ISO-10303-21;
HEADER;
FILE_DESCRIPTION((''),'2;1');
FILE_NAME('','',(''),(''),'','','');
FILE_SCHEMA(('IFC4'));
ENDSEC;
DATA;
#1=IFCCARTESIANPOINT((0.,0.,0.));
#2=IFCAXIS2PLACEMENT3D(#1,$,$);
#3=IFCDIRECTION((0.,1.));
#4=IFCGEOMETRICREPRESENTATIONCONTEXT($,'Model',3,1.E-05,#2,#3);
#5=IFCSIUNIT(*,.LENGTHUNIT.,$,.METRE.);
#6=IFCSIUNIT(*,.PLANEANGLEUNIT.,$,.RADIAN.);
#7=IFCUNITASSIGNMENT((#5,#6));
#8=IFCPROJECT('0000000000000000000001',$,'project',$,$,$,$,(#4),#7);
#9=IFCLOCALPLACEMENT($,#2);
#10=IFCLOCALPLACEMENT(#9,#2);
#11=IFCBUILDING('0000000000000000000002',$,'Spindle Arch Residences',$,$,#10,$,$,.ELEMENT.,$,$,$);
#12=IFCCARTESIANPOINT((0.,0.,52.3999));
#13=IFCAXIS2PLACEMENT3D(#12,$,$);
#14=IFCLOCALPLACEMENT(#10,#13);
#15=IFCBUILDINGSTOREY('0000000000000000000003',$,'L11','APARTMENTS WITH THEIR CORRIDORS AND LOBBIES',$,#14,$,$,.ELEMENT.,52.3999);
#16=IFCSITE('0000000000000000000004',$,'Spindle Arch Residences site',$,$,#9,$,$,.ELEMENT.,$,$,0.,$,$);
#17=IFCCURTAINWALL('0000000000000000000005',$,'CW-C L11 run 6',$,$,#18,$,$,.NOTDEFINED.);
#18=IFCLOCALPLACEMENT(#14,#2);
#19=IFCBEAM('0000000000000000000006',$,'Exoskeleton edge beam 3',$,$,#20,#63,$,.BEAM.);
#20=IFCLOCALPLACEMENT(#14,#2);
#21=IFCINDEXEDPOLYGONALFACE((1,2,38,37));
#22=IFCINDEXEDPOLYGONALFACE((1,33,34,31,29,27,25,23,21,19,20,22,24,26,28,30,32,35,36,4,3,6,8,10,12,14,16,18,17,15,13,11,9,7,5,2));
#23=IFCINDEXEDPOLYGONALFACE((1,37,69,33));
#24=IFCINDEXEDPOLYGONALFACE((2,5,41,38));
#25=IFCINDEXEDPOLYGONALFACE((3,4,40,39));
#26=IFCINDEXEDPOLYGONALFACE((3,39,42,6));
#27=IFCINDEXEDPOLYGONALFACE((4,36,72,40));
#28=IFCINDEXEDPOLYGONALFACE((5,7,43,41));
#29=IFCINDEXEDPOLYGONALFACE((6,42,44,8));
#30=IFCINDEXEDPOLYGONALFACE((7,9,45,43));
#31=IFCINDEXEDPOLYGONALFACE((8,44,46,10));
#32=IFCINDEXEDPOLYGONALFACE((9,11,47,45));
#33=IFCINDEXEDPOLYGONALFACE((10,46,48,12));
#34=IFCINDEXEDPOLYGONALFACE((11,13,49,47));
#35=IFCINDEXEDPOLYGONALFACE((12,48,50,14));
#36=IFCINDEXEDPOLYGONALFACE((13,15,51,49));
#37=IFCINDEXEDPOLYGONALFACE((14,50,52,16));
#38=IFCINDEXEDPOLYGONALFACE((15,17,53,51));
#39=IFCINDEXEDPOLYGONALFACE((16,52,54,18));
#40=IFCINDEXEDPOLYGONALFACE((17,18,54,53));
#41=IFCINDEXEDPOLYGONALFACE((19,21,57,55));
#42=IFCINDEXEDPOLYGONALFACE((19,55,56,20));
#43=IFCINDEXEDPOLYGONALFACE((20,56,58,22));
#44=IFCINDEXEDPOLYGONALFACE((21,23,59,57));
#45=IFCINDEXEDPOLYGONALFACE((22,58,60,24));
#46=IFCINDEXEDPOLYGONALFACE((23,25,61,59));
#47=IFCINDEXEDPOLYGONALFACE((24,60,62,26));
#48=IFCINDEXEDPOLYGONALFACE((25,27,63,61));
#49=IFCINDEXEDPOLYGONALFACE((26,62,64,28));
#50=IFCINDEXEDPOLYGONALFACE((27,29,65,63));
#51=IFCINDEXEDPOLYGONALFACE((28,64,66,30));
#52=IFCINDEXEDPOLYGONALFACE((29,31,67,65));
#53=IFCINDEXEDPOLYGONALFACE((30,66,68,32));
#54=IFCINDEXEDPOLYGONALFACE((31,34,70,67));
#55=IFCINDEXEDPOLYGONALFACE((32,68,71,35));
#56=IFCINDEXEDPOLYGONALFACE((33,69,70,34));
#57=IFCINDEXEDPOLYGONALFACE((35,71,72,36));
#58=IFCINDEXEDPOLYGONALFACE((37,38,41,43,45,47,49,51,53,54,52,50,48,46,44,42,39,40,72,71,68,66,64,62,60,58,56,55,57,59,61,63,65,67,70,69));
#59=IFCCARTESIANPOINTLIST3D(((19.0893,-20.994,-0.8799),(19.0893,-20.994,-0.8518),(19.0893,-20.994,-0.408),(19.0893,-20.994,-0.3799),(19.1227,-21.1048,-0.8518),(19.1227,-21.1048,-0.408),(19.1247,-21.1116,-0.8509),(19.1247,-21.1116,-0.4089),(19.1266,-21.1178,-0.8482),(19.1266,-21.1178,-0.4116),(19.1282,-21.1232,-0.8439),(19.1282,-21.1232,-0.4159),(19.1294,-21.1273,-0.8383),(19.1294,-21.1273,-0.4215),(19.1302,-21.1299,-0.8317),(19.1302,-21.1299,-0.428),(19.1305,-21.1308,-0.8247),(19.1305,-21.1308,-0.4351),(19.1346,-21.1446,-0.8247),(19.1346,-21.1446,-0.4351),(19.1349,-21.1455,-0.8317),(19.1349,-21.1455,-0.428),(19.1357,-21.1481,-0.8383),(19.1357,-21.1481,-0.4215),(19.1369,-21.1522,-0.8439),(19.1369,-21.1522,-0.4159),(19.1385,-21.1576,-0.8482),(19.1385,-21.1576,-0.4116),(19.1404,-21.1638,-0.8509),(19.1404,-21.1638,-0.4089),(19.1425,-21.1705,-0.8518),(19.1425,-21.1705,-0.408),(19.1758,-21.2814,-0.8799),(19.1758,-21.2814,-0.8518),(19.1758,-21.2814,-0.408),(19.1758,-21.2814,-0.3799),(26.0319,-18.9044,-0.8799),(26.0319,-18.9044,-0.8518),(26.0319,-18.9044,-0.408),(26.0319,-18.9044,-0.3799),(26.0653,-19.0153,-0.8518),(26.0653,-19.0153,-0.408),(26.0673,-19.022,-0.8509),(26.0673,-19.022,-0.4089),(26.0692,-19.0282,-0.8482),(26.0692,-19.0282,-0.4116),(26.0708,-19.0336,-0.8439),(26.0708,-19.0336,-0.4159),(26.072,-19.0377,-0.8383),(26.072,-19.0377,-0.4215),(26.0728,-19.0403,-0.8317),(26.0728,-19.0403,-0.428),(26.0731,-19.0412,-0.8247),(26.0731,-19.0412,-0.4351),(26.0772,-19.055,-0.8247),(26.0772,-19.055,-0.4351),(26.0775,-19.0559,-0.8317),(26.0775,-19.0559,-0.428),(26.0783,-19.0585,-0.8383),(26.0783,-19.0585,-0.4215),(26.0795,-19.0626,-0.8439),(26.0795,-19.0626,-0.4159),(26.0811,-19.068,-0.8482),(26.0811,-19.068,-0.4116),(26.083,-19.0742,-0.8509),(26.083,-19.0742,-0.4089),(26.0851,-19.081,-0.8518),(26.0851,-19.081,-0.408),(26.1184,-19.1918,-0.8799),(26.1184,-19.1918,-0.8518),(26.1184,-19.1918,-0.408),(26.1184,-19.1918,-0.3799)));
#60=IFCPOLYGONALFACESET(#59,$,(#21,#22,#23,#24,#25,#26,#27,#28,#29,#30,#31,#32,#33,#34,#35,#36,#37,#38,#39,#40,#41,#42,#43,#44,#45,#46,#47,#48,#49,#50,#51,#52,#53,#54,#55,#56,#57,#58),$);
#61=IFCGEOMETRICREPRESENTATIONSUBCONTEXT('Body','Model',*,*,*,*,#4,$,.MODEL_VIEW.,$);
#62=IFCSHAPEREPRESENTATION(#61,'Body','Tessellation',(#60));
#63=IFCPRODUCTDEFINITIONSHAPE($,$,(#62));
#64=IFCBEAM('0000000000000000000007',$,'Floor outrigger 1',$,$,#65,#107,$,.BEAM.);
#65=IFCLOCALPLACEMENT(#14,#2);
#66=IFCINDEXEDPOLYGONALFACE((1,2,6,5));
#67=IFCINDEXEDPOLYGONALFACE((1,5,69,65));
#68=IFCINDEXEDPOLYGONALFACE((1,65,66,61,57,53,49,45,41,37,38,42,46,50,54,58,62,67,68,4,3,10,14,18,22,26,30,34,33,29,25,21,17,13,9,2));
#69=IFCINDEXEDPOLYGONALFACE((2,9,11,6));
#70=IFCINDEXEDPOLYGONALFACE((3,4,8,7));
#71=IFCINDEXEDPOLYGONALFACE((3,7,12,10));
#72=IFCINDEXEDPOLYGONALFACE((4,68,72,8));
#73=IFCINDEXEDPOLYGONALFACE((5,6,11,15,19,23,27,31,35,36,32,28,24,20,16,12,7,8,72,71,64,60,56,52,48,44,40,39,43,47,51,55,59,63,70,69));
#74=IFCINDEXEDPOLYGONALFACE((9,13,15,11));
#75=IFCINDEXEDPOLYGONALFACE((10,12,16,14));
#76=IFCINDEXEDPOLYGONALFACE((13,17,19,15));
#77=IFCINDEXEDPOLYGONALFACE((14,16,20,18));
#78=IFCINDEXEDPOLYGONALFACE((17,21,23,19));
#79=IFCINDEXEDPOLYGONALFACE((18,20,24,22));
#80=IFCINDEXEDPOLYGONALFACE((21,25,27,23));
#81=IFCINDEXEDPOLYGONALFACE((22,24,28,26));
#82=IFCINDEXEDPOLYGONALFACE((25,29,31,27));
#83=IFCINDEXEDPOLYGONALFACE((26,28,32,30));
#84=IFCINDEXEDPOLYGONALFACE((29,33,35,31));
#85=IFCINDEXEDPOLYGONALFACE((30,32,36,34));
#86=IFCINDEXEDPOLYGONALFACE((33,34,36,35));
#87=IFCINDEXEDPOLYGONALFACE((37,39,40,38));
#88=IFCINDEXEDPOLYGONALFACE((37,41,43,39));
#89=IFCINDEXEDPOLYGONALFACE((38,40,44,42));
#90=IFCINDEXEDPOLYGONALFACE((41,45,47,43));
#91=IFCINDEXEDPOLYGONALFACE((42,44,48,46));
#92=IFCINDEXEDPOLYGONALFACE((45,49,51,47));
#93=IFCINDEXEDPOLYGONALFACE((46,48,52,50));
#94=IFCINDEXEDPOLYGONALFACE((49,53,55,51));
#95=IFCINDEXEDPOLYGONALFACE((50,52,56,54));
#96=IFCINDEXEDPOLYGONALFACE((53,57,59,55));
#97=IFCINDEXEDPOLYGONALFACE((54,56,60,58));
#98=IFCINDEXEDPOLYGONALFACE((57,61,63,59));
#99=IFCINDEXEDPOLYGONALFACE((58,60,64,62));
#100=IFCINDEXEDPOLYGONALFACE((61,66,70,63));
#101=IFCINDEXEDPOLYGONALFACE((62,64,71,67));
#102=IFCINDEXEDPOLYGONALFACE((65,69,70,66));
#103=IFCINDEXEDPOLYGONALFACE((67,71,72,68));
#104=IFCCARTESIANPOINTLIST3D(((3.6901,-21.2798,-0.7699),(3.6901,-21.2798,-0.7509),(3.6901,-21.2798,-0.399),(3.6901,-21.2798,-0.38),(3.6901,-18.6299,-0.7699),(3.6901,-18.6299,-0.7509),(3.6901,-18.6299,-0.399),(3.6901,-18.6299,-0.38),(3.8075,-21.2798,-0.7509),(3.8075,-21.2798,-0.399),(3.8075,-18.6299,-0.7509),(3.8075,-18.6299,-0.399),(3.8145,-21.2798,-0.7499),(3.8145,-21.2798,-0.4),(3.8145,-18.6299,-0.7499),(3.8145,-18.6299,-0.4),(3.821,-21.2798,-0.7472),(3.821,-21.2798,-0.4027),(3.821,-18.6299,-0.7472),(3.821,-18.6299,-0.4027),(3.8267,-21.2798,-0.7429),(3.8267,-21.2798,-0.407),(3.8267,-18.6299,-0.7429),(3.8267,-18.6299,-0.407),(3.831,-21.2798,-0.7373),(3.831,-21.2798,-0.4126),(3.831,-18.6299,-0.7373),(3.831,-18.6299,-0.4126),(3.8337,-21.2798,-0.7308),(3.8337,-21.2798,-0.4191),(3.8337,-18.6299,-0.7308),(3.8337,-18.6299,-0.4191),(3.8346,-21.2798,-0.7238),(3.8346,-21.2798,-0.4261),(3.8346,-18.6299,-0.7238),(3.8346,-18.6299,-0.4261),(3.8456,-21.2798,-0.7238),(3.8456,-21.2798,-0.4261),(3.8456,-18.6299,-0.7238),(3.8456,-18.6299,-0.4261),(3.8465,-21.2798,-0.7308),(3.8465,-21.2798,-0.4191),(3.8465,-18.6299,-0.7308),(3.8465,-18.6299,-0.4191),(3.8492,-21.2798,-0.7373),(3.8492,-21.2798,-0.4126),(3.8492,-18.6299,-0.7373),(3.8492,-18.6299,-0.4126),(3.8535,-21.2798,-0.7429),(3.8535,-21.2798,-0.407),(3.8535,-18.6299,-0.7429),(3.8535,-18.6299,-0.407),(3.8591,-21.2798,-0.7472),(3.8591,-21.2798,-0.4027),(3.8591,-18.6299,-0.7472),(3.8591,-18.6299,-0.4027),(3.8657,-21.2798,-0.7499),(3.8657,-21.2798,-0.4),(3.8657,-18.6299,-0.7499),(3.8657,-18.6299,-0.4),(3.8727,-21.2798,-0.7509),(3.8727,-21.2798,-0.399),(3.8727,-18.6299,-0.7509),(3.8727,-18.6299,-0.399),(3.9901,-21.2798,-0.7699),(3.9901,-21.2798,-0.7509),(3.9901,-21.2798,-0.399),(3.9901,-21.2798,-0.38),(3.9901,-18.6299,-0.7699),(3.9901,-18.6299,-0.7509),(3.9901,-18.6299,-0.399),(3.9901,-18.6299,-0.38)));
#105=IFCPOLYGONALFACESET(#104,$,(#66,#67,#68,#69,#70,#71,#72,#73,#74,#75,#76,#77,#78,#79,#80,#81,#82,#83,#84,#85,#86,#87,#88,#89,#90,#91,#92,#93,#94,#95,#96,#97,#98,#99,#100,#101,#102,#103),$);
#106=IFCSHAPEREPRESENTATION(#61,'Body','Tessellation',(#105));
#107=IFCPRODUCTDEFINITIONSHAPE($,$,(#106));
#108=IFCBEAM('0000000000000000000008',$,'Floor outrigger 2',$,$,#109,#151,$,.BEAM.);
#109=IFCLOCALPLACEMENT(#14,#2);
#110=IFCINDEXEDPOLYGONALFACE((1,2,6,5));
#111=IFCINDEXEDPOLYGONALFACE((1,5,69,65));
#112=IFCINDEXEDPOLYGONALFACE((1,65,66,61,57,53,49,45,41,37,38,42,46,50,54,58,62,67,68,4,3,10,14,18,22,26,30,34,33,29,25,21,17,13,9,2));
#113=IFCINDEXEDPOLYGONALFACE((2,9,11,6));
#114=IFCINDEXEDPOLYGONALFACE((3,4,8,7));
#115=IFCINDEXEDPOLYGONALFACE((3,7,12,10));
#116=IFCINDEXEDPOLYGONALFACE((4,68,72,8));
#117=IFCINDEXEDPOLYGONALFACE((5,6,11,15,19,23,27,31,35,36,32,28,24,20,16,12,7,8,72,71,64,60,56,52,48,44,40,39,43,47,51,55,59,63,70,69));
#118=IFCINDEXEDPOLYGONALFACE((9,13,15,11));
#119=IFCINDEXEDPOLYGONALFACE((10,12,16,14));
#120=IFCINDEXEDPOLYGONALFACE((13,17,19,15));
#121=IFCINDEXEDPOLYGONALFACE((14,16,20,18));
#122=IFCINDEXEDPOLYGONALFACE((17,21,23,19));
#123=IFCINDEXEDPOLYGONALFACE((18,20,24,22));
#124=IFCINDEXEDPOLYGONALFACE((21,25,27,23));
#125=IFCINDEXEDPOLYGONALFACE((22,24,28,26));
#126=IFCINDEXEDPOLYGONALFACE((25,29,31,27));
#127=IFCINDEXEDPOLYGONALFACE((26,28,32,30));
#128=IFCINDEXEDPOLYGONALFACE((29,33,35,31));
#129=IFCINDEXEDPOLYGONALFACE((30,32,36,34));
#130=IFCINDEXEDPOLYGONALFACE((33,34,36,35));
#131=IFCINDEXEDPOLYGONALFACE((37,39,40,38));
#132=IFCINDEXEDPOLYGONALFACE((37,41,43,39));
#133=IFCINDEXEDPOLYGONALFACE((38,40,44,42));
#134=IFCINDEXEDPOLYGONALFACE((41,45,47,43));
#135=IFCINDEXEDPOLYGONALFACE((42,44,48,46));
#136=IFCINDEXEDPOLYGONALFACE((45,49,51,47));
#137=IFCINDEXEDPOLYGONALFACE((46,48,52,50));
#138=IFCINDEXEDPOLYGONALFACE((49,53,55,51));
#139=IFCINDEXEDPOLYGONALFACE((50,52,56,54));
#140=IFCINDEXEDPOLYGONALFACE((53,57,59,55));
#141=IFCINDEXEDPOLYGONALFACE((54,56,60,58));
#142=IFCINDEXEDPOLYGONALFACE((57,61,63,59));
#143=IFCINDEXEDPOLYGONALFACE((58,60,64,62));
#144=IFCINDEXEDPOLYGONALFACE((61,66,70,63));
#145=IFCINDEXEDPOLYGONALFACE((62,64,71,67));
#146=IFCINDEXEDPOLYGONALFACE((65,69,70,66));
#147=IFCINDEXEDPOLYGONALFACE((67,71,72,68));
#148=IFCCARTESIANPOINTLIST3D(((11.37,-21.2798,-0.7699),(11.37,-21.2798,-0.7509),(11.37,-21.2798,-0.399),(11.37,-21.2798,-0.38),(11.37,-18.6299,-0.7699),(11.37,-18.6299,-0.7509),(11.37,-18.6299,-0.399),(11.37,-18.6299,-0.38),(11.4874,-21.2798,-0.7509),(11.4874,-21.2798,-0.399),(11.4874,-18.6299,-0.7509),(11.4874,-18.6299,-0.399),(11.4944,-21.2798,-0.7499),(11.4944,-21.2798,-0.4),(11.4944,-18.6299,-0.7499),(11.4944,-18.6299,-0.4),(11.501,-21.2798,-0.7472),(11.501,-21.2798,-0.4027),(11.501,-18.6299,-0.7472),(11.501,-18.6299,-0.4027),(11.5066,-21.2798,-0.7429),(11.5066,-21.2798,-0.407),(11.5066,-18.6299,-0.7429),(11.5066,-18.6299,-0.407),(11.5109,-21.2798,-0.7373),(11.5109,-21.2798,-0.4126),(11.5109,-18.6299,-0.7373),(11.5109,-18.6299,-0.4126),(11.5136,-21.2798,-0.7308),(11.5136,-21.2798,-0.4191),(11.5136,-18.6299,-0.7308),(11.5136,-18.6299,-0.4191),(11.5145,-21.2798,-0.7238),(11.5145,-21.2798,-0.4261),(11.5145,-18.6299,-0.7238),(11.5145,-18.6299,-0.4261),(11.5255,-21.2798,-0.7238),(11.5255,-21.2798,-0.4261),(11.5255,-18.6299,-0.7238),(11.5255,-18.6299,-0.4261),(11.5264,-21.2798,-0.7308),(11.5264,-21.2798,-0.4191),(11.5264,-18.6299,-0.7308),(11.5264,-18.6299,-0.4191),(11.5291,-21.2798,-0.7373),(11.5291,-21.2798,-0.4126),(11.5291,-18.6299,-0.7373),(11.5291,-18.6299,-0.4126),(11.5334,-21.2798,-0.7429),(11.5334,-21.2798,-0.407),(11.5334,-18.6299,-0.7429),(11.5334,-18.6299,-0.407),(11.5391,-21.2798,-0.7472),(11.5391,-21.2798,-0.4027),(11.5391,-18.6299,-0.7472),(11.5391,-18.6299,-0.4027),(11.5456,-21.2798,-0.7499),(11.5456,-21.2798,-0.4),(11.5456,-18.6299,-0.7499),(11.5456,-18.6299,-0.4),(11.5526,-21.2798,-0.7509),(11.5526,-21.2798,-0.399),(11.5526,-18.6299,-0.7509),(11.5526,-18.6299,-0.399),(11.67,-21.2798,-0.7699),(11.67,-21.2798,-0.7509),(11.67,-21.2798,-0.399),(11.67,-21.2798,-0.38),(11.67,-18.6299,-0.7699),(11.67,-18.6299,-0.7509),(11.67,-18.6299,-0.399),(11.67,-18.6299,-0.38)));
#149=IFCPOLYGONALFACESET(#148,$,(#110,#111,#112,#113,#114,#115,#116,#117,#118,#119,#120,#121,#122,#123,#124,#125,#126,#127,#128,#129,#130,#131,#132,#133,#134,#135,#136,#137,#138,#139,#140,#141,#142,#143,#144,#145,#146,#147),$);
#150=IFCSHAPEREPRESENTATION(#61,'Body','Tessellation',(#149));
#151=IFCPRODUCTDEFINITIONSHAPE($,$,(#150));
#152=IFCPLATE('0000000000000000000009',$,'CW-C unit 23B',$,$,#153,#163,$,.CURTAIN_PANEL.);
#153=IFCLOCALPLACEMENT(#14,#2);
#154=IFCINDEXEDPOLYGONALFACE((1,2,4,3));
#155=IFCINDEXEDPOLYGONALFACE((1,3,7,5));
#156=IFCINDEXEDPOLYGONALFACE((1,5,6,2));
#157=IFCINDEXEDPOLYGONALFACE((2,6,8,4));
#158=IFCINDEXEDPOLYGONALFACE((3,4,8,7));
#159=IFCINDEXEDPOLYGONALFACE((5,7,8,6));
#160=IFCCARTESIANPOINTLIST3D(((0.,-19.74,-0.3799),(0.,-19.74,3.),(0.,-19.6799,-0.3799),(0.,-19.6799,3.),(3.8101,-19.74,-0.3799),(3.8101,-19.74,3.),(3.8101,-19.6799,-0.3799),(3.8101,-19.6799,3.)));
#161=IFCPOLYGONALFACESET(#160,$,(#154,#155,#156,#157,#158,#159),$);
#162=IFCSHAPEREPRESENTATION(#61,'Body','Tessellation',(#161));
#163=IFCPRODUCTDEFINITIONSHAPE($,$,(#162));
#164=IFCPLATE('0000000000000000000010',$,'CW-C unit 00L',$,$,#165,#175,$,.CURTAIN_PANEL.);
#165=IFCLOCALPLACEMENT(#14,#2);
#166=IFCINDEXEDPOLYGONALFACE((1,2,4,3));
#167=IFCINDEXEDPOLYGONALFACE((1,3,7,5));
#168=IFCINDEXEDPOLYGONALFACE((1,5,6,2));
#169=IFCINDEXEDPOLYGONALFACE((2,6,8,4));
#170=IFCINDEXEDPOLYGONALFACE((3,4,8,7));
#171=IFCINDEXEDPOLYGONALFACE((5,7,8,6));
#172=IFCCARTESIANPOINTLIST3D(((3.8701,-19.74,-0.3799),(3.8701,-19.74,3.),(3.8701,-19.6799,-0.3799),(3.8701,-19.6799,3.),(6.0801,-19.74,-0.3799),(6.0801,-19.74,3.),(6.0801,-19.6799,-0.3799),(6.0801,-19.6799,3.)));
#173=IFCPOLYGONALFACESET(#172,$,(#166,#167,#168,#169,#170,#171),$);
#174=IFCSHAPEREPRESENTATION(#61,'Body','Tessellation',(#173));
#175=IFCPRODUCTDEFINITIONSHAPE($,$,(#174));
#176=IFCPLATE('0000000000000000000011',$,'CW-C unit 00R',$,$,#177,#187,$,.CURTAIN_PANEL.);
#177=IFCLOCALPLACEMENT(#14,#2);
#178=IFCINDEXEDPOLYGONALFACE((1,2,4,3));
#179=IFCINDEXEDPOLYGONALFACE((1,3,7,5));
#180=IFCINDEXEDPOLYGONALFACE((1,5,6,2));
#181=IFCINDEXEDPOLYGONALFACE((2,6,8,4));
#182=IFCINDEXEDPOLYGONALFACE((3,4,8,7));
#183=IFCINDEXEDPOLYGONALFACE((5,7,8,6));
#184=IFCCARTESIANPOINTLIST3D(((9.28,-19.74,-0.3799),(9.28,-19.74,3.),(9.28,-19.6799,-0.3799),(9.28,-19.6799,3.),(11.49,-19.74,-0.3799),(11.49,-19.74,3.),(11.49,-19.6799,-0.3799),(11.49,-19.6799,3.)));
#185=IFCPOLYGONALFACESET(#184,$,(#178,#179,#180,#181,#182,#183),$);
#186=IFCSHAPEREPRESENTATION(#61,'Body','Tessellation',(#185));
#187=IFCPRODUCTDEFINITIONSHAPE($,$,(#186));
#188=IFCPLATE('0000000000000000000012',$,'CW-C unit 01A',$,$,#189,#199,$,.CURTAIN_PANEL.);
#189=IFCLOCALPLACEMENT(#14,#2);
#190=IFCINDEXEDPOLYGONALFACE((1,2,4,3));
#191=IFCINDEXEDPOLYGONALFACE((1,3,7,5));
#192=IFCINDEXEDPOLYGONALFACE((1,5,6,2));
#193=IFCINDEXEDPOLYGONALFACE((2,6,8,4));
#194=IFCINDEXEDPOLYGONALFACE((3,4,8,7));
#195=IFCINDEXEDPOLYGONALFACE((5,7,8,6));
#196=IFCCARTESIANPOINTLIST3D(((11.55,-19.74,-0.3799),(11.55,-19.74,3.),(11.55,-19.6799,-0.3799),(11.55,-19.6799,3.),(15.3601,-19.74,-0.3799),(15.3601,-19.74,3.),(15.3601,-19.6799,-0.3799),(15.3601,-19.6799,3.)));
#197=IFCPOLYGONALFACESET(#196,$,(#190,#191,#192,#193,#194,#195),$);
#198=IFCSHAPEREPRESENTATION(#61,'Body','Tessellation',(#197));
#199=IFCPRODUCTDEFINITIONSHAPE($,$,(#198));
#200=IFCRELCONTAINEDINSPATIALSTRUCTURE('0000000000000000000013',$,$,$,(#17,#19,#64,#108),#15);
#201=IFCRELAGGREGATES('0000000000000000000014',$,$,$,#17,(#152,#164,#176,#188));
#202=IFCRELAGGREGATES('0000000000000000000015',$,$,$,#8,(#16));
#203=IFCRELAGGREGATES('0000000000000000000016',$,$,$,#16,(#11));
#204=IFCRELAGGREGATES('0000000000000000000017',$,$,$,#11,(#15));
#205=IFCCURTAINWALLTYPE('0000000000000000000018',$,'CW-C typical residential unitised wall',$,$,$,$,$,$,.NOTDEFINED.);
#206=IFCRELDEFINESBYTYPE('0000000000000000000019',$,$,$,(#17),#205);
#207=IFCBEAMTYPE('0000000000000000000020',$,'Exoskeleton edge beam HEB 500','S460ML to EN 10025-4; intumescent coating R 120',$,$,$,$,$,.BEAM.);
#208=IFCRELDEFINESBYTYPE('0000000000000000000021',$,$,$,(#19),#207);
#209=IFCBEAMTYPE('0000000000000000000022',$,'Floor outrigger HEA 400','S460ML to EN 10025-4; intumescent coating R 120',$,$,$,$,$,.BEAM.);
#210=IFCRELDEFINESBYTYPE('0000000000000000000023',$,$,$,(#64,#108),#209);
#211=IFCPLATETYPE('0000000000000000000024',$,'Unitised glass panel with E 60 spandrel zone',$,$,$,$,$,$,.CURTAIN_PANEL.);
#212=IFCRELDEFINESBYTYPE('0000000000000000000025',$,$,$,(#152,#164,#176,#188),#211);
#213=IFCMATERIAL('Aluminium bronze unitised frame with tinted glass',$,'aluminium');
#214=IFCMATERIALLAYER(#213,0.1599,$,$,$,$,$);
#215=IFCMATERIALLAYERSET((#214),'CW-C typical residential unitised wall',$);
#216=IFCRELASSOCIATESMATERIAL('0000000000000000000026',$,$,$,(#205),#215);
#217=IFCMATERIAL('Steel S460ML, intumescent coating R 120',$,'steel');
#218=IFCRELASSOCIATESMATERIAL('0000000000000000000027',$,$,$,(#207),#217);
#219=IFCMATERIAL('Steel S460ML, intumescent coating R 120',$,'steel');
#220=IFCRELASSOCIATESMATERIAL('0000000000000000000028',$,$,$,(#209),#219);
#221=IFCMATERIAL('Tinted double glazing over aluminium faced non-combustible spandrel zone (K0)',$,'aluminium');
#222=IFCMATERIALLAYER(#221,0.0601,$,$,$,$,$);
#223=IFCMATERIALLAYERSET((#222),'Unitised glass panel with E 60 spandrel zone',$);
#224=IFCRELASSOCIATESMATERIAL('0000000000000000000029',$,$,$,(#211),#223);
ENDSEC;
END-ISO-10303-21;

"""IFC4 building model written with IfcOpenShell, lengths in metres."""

from ifc_helpers import new_model, si_unit, direction, frame, origin, origin_2d, place, context, subcontext, project, spatial, rectangle, i_section, extrude, material, layer, layer_set, material_profile, profile_set, type_object, element, aggregate, save


model = new_model("IFC4")

# Units and contexts
model_context = context("Model", 3, precision=1e-05, world=origin(), true_north=direction((0.0, 1.0)))
body_context = subcontext(model_context, "Body", "Model", "MODEL_VIEW")
ifc_project = project(units=[si_unit("LENGTHUNIT", "METRE"), si_unit("PLANEANGLEUNIT", "RADIAN")], contexts=[model_context])

# Site, building, storey
site_placement = place(None, origin())
site = spatial("IfcSite", under=ifc_project, at=site_placement, Name="Spindle Arch Residences site", CompositionType="ELEMENT", RefElevation=0.0)
building_placement = place(site_placement, origin())
building = spatial("IfcBuilding", under=site, at=building_placement, Name="Spindle Arch Residences", CompositionType="ELEMENT")
storey_placement = place(building_placement, frame((0.0, 0.0, 52.3999)))
storey = spatial("IfcBuildingStorey", under=building, at=storey_placement, Name="L11", Description="APARTMENTS WITH THEIR CORRIDORS AND LOBBIES", CompositionType="ELEMENT", Elevation=52.3999)

# Curtain wall
ifc_material_1 = material(Name="Aluminium bronze unitised frame with tinted glass", Category="aluminium")
ifc_layer_1 = layer(ifc_material_1, 0.1599)
ifc_layer_set_1 = layer_set([ifc_layer_1], Name="CW-C typical residential unitised wall")
curtain_wall_type = type_object("IfcCurtainWallType", Name="CW-C typical residential unitised wall", PredefinedType="NOTDEFINED", material=ifc_layer_set_1)
curtain_wall_placement = place(storey_placement, origin())
curtain_wall = element("IfcCurtainWall", 1, at=curtain_wall_placement, inside=storey, type_object=curtain_wall_type, Name="CW-C L11 run 6", PredefinedType="NOTDEFINED")

# Beams
ifc_material_2 = material(Name="Steel S460ML, intumescent coating R 120", Category="steel")
ifc_material_profile_1 = material_profile(ifc_material_2, i_section(OverallWidth=0.3, OverallDepth=0.5, WebThickness=0.0144, FlangeThickness=0.0281, FilletRadius=0.0271, at=origin_2d()), Name="HEB 500")
ifc_profile_set_1 = profile_set([ifc_material_profile_1], Name="Steel S460ML, intumescent coating R 120")
beam_type_1 = type_object("IfcBeamType", Name="Exoskeleton edge beam HEB 500", Description="S460ML to EN 10025-4; intumescent coating R 120", PredefinedType="BEAM", material=ifc_profile_set_1)
beam_placement = place(storey_placement, frame((19.1326, -21.1377, -0.6299), z_axis=(0.957567, 0.28821, 0.0), x_axis=(-0.28821, 0.957567, 0.0)))
element("IfcBeam", 2, at=beam_placement, inside=storey, type_object=beam_type_1, Name="Exoskeleton edge beam 3", PredefinedType="BEAM", context=body_context, shape_type="SweptSolid", body=[
    extrude(i_section(OverallWidth=0.3, OverallDepth=0.5, WebThickness=0.0144, FlangeThickness=0.0281, FilletRadius=0.0271, at=origin_2d()), origin(), (0.0, 0.0, 1.0), 7.2502),
])
ifc_material_3 = material(Name="Steel S460ML, intumescent coating R 120", Category="steel")
ifc_material_profile_2 = material_profile(ifc_material_3, i_section(OverallWidth=0.3, OverallDepth=0.3899, WebThickness=0.011, FlangeThickness=0.019, FilletRadius=0.0271, at=origin_2d()), Name="HEA 400")
ifc_profile_set_2 = profile_set([ifc_material_profile_2], Name="Steel S460ML, intumescent coating R 120")
beam_type_2 = type_object("IfcBeamType", Name="Floor outrigger HEA 400", Description="S460ML to EN 10025-4; intumescent coating R 120", PredefinedType="BEAM", material=ifc_profile_set_2)
for number, where, z_axis, x_axis, name in (
    (3, (3.8401, -21.2798, -0.575), (0.0, 1.0, 0.0), (-1.0, 0.0, 0.0), "Floor outrigger 1"),
    (4, (11.52, -21.2798, -0.575), (0.0, 1.0, 0.0), (-1.0, 0.0, 0.0), "Floor outrigger 2"),
):
    element("IfcBeam", number, at=place(storey_placement, frame(where, z_axis=z_axis, x_axis=x_axis)), inside=storey, type_object=beam_type_2, Name=name, PredefinedType="BEAM", context=body_context, shape_type="SweptSolid", body=[
        extrude(i_section(OverallWidth=0.3, OverallDepth=0.3899, WebThickness=0.011, FlangeThickness=0.019, FilletRadius=0.0271, at=origin_2d()), origin(), (0.0, 0.0, 1.0), 2.6499),
    ])

# Plates
ifc_material_4 = material(Name="Tinted double glazing over aluminium faced non-combustible spandrel zone (K0)", Category="aluminium")
ifc_layer_2 = layer(ifc_material_4, 0.0601)
ifc_layer_set_2 = layer_set([ifc_layer_2], Name="Unitised glass panel with E 60 spandrel zone")
plate_type = type_object("IfcPlateType", Name="Unitised glass panel with E 60 spandrel zone", PredefinedType="CURTAIN_PANEL", material=ifc_layer_set_2)
plate_1_placement = place(storey_placement, frame((1.905, -19.71, -0.3799), z_axis=(0.0, 0.0, 1.0), x_axis=(1.0, 0.0, 0.0)))
plate_1 = element("IfcPlate", 5, at=plate_1_placement, type_object=plate_type, Name="CW-C unit 23B", PredefinedType="CURTAIN_PANEL", context=body_context, shape_type="SweptSolid", body=[
    extrude(rectangle(XDim=3.8101, YDim=0.0601, at=origin_2d()), origin(), (0.0, 0.0, 1.0), 3.3799),
])
plate_2_placement = place(storey_placement, frame((4.9751, -19.71, -0.3799), z_axis=(0.0, 0.0, 1.0), x_axis=(1.0, 0.0, 0.0)))
plate_2 = element("IfcPlate", 6, at=plate_2_placement, type_object=plate_type, Name="CW-C unit 00L", PredefinedType="CURTAIN_PANEL", context=body_context, shape_type="SweptSolid", body=[
    extrude(rectangle(XDim=2.21, YDim=0.0601, at=origin_2d()), origin(), (0.0, 0.0, 1.0), 3.3799),
])
plate_3_placement = place(storey_placement, frame((10.385, -19.71, -0.3799), z_axis=(0.0, 0.0, 1.0), x_axis=(1.0, 0.0, 0.0)))
plate_3 = element("IfcPlate", 7, at=plate_3_placement, type_object=plate_type, Name="CW-C unit 00R", PredefinedType="CURTAIN_PANEL", context=body_context, shape_type="SweptSolid", body=[
    extrude(rectangle(XDim=2.21, YDim=0.0601, at=origin_2d()), origin(), (0.0, 0.0, 1.0), 3.3799),
])
plate_4_placement = place(storey_placement, frame((13.4551, -19.71, -0.3799), z_axis=(0.0, 0.0, 1.0), x_axis=(1.0, 0.0, 0.0)))
plate_4 = element("IfcPlate", 8, at=plate_4_placement, type_object=plate_type, Name="CW-C unit 01A", PredefinedType="CURTAIN_PANEL", context=body_context, shape_type="SweptSolid", body=[
    extrude(rectangle(XDim=3.8101, YDim=0.0601, at=origin_2d()), origin(), (0.0, 0.0, 1.0), 3.3799),
])
aggregate(curtain_wall, [plate_1, plate_2, plate_3, plate_4])

save(model, "model.ifc")
